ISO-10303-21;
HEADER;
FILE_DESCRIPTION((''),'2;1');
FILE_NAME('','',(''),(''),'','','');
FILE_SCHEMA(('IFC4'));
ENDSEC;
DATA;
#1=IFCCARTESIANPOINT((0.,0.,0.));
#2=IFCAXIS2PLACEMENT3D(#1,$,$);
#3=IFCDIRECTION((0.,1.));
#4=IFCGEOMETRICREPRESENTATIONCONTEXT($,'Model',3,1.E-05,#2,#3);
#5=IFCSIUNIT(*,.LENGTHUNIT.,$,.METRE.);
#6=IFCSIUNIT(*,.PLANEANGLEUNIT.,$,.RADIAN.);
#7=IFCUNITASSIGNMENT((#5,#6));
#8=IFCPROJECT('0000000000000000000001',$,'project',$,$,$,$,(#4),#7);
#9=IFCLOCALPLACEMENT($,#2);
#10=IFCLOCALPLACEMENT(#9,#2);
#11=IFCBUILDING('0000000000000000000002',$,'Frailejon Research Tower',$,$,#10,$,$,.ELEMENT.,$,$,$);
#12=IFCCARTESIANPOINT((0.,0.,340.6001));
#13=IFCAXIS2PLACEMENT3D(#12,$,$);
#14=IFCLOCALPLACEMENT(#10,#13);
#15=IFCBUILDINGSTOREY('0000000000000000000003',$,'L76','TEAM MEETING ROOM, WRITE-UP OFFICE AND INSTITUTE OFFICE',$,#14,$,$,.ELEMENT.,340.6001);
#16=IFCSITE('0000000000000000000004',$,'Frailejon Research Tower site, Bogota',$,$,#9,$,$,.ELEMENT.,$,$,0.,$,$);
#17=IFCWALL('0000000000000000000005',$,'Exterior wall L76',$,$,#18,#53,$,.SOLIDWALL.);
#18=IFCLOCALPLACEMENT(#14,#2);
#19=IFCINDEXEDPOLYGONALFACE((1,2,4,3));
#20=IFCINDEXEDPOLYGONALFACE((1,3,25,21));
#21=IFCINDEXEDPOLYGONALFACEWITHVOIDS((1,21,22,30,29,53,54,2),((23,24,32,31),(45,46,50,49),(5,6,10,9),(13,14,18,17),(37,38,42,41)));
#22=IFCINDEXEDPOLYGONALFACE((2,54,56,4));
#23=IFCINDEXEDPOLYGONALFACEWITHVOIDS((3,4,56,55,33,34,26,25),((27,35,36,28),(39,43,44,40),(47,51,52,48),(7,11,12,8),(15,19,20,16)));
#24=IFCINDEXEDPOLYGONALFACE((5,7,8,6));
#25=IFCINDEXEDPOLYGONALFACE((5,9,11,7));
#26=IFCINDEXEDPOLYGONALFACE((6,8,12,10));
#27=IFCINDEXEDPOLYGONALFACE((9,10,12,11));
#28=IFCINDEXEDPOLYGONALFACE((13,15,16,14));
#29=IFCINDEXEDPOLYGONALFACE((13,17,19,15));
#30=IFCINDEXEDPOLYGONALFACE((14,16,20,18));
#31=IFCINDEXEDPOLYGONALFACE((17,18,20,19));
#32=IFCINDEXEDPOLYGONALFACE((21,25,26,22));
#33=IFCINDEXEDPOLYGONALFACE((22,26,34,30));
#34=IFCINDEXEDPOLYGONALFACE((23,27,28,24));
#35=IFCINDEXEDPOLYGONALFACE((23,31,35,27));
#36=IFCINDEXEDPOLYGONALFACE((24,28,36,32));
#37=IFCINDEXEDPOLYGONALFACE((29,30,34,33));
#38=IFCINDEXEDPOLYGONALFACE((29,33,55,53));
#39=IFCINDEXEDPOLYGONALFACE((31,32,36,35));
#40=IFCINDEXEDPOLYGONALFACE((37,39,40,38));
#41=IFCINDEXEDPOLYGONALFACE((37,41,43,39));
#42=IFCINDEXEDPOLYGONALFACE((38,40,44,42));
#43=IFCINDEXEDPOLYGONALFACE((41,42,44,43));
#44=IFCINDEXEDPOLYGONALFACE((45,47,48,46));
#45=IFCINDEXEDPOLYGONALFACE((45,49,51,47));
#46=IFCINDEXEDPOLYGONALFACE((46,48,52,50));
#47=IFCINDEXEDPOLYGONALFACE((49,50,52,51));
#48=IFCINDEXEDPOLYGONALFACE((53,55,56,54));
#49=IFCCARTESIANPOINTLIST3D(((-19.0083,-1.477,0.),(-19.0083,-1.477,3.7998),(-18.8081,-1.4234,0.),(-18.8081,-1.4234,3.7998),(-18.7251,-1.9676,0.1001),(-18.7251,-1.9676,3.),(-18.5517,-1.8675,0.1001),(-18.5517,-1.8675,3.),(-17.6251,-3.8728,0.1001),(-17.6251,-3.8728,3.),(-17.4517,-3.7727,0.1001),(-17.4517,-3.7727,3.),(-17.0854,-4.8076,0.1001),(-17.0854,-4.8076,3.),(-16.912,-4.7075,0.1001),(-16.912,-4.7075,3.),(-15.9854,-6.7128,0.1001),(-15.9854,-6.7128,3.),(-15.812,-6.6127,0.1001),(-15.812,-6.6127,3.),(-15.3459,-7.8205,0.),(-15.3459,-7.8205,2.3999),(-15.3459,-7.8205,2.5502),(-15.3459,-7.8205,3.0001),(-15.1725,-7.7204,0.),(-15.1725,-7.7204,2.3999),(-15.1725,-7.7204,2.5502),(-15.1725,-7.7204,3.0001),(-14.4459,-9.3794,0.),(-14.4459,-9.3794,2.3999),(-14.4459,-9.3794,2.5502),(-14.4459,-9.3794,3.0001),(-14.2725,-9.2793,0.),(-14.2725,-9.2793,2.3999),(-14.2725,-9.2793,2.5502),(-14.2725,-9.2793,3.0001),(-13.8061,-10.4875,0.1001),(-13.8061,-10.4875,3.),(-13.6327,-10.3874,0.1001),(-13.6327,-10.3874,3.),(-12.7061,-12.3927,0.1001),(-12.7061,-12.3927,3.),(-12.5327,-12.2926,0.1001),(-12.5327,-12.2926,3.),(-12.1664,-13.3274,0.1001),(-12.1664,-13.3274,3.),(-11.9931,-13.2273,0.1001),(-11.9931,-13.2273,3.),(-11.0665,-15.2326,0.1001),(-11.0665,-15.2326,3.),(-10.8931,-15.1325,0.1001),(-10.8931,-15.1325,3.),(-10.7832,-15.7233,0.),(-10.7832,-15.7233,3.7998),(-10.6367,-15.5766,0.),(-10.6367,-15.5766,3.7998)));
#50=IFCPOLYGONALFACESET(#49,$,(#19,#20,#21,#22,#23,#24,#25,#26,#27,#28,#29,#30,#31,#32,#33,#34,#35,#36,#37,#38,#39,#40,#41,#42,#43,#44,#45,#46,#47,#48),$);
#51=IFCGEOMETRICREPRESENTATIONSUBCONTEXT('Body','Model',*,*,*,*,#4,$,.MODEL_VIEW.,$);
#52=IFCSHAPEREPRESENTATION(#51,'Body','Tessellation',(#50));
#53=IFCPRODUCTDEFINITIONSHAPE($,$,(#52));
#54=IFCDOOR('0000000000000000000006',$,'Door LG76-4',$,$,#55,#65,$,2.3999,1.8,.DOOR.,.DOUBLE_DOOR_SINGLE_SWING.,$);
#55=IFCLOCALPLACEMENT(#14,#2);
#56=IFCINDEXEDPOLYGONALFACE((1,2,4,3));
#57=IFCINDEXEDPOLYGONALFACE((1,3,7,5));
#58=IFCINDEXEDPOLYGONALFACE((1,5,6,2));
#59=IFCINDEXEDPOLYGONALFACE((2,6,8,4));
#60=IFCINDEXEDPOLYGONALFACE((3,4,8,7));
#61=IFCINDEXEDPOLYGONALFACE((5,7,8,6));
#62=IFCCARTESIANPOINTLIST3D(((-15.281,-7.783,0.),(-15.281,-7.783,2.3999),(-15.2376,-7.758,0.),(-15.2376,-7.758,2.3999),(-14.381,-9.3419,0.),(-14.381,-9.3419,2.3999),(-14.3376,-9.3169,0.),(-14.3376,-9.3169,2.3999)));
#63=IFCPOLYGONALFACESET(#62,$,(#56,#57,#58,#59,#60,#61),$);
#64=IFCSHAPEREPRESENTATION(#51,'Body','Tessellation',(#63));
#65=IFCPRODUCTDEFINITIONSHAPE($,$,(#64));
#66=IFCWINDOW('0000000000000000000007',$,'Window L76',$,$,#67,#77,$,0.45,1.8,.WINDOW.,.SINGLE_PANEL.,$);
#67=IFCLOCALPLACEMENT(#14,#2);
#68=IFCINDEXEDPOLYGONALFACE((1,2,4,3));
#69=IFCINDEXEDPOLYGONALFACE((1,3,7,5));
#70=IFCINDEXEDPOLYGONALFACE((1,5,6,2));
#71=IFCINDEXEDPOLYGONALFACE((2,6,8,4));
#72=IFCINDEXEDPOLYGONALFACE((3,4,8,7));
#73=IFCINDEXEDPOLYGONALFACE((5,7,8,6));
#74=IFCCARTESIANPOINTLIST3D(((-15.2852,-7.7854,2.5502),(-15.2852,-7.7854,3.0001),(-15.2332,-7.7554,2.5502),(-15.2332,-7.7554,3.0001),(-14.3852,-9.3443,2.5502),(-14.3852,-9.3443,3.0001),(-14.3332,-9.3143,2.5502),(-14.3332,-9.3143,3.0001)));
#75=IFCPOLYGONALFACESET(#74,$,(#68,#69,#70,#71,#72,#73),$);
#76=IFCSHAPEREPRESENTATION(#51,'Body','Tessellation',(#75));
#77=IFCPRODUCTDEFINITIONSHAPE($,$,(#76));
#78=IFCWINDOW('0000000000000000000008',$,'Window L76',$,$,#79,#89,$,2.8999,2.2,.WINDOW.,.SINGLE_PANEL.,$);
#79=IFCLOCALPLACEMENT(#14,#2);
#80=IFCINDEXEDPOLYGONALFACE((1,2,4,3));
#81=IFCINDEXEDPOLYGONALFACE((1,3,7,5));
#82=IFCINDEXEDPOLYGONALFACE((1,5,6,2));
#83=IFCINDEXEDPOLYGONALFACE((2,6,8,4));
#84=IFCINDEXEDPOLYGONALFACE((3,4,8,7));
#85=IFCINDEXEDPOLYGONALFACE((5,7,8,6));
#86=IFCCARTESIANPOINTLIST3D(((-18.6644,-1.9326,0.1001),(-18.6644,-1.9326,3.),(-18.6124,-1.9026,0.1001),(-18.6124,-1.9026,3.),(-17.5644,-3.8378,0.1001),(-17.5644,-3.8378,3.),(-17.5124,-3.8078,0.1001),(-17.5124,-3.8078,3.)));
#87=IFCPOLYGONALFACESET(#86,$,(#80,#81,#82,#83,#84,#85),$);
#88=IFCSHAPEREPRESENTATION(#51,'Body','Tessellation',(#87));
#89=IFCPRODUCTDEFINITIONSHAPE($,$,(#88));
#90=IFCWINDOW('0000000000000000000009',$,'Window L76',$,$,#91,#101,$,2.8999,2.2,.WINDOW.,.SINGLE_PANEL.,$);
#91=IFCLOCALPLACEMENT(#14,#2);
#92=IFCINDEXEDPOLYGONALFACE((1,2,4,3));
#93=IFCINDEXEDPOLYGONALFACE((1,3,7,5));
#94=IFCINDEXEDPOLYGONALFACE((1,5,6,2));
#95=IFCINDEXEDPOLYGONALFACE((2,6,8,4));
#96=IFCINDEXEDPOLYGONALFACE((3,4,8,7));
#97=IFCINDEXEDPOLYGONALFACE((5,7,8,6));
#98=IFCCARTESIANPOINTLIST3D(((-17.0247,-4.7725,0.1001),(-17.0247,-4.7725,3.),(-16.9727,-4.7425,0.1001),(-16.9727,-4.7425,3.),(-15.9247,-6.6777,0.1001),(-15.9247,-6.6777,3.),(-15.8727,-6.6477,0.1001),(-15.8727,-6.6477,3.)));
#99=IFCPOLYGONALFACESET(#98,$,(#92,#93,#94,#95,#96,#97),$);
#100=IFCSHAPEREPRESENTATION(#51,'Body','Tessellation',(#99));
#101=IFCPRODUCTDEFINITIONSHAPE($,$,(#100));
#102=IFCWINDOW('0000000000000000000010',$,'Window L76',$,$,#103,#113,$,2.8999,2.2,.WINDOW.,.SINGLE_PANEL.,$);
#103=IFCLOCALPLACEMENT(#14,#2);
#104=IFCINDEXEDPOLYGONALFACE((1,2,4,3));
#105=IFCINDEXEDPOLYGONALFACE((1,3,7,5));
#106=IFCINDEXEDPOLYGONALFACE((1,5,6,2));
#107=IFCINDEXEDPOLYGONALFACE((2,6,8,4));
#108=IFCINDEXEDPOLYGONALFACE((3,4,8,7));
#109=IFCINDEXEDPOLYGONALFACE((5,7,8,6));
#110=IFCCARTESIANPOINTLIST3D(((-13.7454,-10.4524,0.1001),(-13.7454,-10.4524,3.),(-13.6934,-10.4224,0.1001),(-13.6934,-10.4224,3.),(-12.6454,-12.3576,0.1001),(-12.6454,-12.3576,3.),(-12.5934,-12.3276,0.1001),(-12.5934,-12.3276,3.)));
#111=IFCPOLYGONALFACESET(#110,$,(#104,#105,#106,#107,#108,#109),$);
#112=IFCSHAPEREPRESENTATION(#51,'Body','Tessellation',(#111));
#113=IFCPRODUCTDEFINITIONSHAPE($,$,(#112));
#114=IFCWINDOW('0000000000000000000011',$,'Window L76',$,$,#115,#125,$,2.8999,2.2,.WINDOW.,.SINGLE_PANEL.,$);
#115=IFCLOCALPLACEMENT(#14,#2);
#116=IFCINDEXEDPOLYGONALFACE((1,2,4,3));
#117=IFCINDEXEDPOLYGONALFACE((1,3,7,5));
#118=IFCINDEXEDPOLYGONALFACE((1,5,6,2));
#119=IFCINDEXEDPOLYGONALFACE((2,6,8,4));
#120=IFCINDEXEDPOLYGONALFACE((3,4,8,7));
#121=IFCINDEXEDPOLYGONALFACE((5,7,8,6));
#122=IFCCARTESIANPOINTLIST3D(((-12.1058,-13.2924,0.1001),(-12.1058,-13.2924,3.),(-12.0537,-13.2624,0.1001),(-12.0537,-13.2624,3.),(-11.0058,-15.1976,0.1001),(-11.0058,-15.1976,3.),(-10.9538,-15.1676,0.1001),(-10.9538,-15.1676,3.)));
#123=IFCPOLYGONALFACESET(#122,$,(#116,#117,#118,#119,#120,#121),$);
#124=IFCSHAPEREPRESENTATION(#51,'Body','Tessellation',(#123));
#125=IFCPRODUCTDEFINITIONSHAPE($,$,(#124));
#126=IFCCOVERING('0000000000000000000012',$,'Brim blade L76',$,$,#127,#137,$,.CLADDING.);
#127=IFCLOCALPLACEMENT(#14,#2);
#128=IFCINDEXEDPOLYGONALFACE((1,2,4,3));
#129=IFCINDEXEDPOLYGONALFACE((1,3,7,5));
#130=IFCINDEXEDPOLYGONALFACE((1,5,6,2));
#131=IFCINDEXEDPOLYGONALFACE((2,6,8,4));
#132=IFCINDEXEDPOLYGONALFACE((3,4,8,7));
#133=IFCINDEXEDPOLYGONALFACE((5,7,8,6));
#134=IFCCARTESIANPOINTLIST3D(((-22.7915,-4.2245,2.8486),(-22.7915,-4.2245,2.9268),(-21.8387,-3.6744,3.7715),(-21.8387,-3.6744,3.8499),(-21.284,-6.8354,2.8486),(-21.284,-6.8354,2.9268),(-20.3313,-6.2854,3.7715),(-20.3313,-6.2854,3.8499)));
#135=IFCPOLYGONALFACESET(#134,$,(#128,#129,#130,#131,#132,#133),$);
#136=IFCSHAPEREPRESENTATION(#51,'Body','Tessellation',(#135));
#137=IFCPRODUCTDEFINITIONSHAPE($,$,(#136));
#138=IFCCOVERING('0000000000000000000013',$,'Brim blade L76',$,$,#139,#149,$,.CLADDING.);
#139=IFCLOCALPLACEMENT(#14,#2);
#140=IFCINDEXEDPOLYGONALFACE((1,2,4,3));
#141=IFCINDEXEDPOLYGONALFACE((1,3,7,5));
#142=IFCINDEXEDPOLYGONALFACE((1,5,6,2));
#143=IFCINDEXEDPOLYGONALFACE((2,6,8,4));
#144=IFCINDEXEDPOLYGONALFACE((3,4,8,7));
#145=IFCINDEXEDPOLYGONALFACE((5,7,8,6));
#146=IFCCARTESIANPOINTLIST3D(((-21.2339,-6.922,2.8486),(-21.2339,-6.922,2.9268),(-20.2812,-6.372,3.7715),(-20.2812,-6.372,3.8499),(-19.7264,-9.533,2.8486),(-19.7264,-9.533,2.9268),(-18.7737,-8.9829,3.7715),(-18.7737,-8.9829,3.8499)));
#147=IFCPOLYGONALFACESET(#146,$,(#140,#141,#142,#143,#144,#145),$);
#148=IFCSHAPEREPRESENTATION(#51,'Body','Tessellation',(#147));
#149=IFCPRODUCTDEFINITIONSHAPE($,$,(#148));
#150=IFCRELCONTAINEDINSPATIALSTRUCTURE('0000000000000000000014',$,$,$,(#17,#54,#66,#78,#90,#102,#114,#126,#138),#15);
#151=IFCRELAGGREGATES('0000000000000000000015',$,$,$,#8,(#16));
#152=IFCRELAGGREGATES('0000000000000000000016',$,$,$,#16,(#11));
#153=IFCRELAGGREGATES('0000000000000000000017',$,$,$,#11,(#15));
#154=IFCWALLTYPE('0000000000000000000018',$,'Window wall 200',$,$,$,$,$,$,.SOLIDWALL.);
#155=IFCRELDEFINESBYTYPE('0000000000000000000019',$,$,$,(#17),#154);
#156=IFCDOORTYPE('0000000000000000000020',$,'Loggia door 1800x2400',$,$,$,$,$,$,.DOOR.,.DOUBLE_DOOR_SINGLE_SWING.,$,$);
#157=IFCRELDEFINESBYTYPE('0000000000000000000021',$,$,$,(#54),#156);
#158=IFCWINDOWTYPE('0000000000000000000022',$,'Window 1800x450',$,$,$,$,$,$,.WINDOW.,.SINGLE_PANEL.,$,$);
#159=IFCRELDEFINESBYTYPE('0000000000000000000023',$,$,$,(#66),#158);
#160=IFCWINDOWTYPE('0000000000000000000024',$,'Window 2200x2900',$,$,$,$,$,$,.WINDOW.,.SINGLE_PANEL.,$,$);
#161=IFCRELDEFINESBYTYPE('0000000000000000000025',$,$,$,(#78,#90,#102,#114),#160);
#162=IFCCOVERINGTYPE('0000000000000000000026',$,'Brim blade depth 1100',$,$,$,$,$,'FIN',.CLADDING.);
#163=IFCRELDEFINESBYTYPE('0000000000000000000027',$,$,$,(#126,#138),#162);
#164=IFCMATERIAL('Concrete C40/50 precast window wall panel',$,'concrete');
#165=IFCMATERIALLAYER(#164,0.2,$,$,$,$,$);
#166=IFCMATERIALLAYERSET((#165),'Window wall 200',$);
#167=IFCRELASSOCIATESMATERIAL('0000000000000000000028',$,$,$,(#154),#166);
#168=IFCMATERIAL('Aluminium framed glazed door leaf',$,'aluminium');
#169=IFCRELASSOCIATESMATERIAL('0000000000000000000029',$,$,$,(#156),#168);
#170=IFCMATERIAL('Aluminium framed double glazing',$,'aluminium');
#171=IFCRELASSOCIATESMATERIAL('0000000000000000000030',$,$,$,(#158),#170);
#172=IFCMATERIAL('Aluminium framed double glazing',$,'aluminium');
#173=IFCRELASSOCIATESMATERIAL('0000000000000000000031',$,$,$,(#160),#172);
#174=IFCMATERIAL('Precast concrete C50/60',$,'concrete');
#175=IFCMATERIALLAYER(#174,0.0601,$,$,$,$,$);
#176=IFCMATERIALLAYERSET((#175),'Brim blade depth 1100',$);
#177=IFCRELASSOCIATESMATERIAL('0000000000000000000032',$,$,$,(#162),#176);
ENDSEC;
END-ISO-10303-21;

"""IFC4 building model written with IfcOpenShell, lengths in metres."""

from ifc_helpers import new_model, si_unit, direction, frame, frame_2d, origin, place, context, subcontext, project, spatial, polyline, rectangle, outline, extrude, material, layer, layer_set, type_object, element, fill, save


model = new_model("IFC4")

# Units and contexts
model_context = context("Model", 3, precision=1e-05, world=origin(), true_north=direction((0.0, 1.0)))
body_context = subcontext(model_context, "Body", "Model", "MODEL_VIEW")
ifc_project = project(units=[si_unit("LENGTHUNIT", "METRE"), si_unit("PLANEANGLEUNIT", "RADIAN")], contexts=[model_context])

# Site, building, storey
site_placement = place(None, origin())
site = spatial("IfcSite", under=ifc_project, at=site_placement, Name="Frailejon Research Tower site, Bogota", CompositionType="ELEMENT", RefElevation=0.0)
building_placement = place(site_placement, origin())
building = spatial("IfcBuilding", under=site, at=building_placement, Name="Frailejon Research Tower", CompositionType="ELEMENT")
storey_placement = place(building_placement, frame((0.0, 0.0, 340.6001)))
storey = spatial("IfcBuildingStorey", under=building, at=storey_placement, Name="L76", Description="TEAM MEETING ROOM, WRITE-UP OFFICE AND INSTITUTE OFFICE", CompositionType="ELEMENT", Elevation=340.6001)

# Wall, openings, door, windows
ifc_material_1 = material(Name="Concrete C40/50 precast window wall panel", Category="concrete")
ifc_layer_1 = layer(ifc_material_1, 0.2)
ifc_layer_set_1 = layer_set([ifc_layer_1], Name="Window wall 200")
wall_type_1 = type_object("IfcWallType", Name="Window wall 200", PredefinedType="SOLIDWALL", material=ifc_layer_set_1)
wall_1_placement = place(storey_placement, frame((-18.9082, -1.4502, 0.0), z_axis=(0.0, 0.0, 1.0), x_axis=(0.500002, -0.866024, 0.0)))
wall_1 = element("IfcWall", 1, at=wall_1_placement, inside=storey, type_object=wall_type_1, Name="Exterior wall L76", PredefinedType="SOLIDWALL", context=body_context, shape_type="SweptSolid", body=[
    extrude(outline(polyline([(-0.0269, -0.1001), (1.0012, -0.1001), (2.0293, -0.1001), (3.0576, -0.1001), (4.0857, -0.1001), (5.1138, -0.1001), (6.1421, -0.1001), (7.1702, -0.1001), (8.1982, -0.1001), (9.2263, -0.1001), (10.2544, -0.1001), (11.2827, -0.1001), (12.3108, -0.1001), (13.3389, -0.1001), (14.3672, -0.1001), (15.3953, -0.1001), (16.4233, -0.1001), (16.3696, 0.1001), (15.3481, 0.1001), (14.3267, 0.1001), (13.3054, 0.1001), (12.2839, 0.1001), (11.2625, 0.1001), (10.2412, 0.1001), (9.2197, 0.1001), (8.1982, 0.1001), (7.1768, 0.1001), (6.1553, 0.1001), (5.134, 0.1001), (4.1125, 0.1001), (3.0911, 0.1001), (2.0698, 0.1001), (1.0483, 0.1001), (0.0269, 0.1001), (-0.0269, -0.1001)])), origin(), (0.0, 0.0, 1.0), 3.7998),
])
opening_1_placement = place(wall_1_placement, frame((0.5396, 0.0, 0.1001)))
opening_1 = element("IfcOpeningElement", 2, at=opening_1_placement, cuts=wall_1, PredefinedType="OPENING", context=body_context, shape_type="SweptSolid", body=[
    extrude(rectangle(XDim=2.2, YDim=2.8999, at=frame_2d((1.1001, 1.45))), frame((0.0, 0.1099, 0.0), z_axis=(0.0, -1.0, 0.0), x_axis=(1.0, 0.0, 0.0)), (0.0, 0.0, 1.0), 0.22),
])
opening_2_placement = place(wall_1_placement, frame((3.8188, 0.0, 0.1001)))
opening_2 = element("IfcOpeningElement", 3, at=opening_2_placement, cuts=wall_1, PredefinedType="OPENING", context=body_context, shape_type="SweptSolid", body=[
    extrude(rectangle(XDim=2.2, YDim=2.8999, at=frame_2d((1.1001, 1.45))), frame((0.0, 0.1099, 0.0), z_axis=(0.0, -1.0, 0.0), x_axis=(1.0, 0.0, 0.0)), (0.0, 0.0, 1.0), 0.22),
])
opening_3_placement = place(wall_1_placement, frame((7.2981, 0.0, 0.0)))
opening_3 = element("IfcOpeningElement", 4, at=opening_3_placement, cuts=wall_1, PredefinedType="OPENING", context=body_context, shape_type="SweptSolid", body=[
    extrude(rectangle(XDim=1.8, YDim=2.3999, at=frame_2d((0.8999, 1.2))), frame((0.0, 0.1099, 0.0), z_axis=(0.0, -1.0, 0.0), x_axis=(1.0, 0.0, 0.0)), (0.0, 0.0, 1.0), 0.22),
])
opening_4_placement = place(wall_1_placement, frame((7.2981, 0.0, 2.55)))
opening_4 = element("IfcOpeningElement", 5, at=opening_4_placement, cuts=wall_1, PredefinedType="OPENING", context=body_context, shape_type="SweptSolid", body=[
    extrude(rectangle(XDim=1.8, YDim=0.45, at=frame_2d((0.8999, 0.2251))), frame((0.0, 0.1099, 0.0), z_axis=(0.0, -1.0, 0.0), x_axis=(1.0, 0.0, 0.0)), (0.0, 0.0, 1.0), 0.22),
])
opening_5_placement = place(wall_1_placement, frame((10.3774, 0.0, 0.1001)))
opening_5 = element("IfcOpeningElement", 6, at=opening_5_placement, cuts=wall_1, PredefinedType="OPENING", context=body_context, shape_type="SweptSolid", body=[
    extrude(rectangle(XDim=2.2, YDim=2.8999, at=frame_2d((1.1001, 1.45))), frame((0.0, 0.1099, 0.0), z_axis=(0.0, -1.0, 0.0), x_axis=(1.0, 0.0, 0.0)), (0.0, 0.0, 1.0), 0.22),
])
opening_6_placement = place(wall_1_placement, frame((13.6567, 0.0, 0.1001)))
opening_6 = element("IfcOpeningElement", 7, at=opening_6_placement, cuts=wall_1, PredefinedType="OPENING", context=body_context, shape_type="SweptSolid", body=[
    extrude(rectangle(XDim=2.2, YDim=2.8999, at=frame_2d((1.1001, 1.45))), frame((0.0, 0.1099, 0.0), z_axis=(0.0, -1.0, 0.0), x_axis=(1.0, 0.0, 0.0)), (0.0, 0.0, 1.0), 0.22),
])
ifc_material_2 = material(Name="Aluminium framed glazed door leaf", Category="aluminium")
door_type_1 = type_object("IfcDoorType", Name="Loggia door 1800x2400", OperationType="DOUBLE_DOOR_SINGLE_SWING", PredefinedType="DOOR", material=ifc_material_2)
door_1_placement = place(opening_3_placement, origin())
door_1 = element("IfcDoor", 8, at=door_1_placement, inside=storey, type_object=door_type_1, Name="Door LG76-4", OperationType="DOUBLE_DOOR_SINGLE_SWING", OverallHeight=2.3999, OverallWidth=1.8, PredefinedType="DOOR", context=body_context, shape_type="SweptSolid", body=[
    extrude(rectangle(XDim=1.8, YDim=2.3999, at=frame_2d((0.8999, 1.2))), frame((0.0, 0.0249, 0.0), z_axis=(0.0, -1.0, 0.0), x_axis=(1.0, 0.0, 0.0)), (0.0, 0.0, 1.0), 0.05),
])
fill(opening_3, door_1)
ifc_material_3 = material(Name="Aluminium framed double glazing", Category="aluminium")
window_type_1 = type_object("IfcWindowType", Name="Window 1800x450", PartitioningType="SINGLE_PANEL", PredefinedType="WINDOW", material=ifc_material_3)
window_1_placement = place(opening_4_placement, origin())
window_1 = element("IfcWindow", 9, at=window_1_placement, inside=storey, type_object=window_type_1, Name="Window L76", OverallHeight=0.45, OverallWidth=1.8, PartitioningType="SINGLE_PANEL", PredefinedType="WINDOW", context=body_context, shape_type="SweptSolid", body=[
    extrude(rectangle(XDim=1.8, YDim=0.45, at=frame_2d((0.8999, 0.2251))), frame((0.0, 0.03, 0.0), z_axis=(0.0, -1.0, 0.0), x_axis=(1.0, 0.0, 0.0)), (0.0, 0.0, 1.0), 0.0601),
])
fill(opening_4, window_1)
ifc_material_4 = material(Name="Aluminium framed double glazing", Category="aluminium")
window_type_2 = type_object("IfcWindowType", Name="Window 2200x2900", PartitioningType="SINGLE_PANEL", PredefinedType="WINDOW", material=ifc_material_4)
window_2_placement = place(opening_1_placement, origin())
window_2 = element("IfcWindow", 10, at=window_2_placement, inside=storey, type_object=window_type_2, Name="Window L76", OverallHeight=2.8999, OverallWidth=2.2, PartitioningType="SINGLE_PANEL", PredefinedType="WINDOW", context=body_context, shape_type="SweptSolid", body=[
    extrude(rectangle(XDim=2.2, YDim=2.8999, at=frame_2d((1.1001, 1.45))), frame((0.0, 0.03, 0.0), z_axis=(0.0, -1.0, 0.0), x_axis=(1.0, 0.0, 0.0)), (0.0, 0.0, 1.0), 0.0601),
])
fill(opening_1, window_2)
window_3_placement = place(opening_2_placement, origin())
window_3 = element("IfcWindow", 11, at=window_3_placement, inside=storey, type_object=window_type_2, Name="Window L76", OverallHeight=2.8999, OverallWidth=2.2, PartitioningType="SINGLE_PANEL", PredefinedType="WINDOW", context=body_context, shape_type="SweptSolid", body=[
    extrude(rectangle(XDim=2.2, YDim=2.8999, at=frame_2d((1.1001, 1.45))), frame((0.0, 0.03, 0.0), z_axis=(0.0, -1.0, 0.0), x_axis=(1.0, 0.0, 0.0)), (0.0, 0.0, 1.0), 0.0601),
])
fill(opening_2, window_3)
window_4_placement = place(opening_5_placement, origin())
window_4 = element("IfcWindow", 12, at=window_4_placement, inside=storey, type_object=window_type_2, Name="Window L76", OverallHeight=2.8999, OverallWidth=2.2, PartitioningType="SINGLE_PANEL", PredefinedType="WINDOW", context=body_context, shape_type="SweptSolid", body=[
    extrude(rectangle(XDim=2.2, YDim=2.8999, at=frame_2d((1.1001, 1.45))), frame((0.0, 0.03, 0.0), z_axis=(0.0, -1.0, 0.0), x_axis=(1.0, 0.0, 0.0)), (0.0, 0.0, 1.0), 0.0601),
])
fill(opening_5, window_4)
window_5_placement = place(opening_6_placement, origin())
window_5 = element("IfcWindow", 13, at=window_5_placement, inside=storey, type_object=window_type_2, Name="Window L76", OverallHeight=2.8999, OverallWidth=2.2, PartitioningType="SINGLE_PANEL", PredefinedType="WINDOW", context=body_context, shape_type="SweptSolid", body=[
    extrude(rectangle(XDim=2.2, YDim=2.8999, at=frame_2d((1.1001, 1.45))), frame((0.0, 0.03, 0.0), z_axis=(0.0, -1.0, 0.0), x_axis=(1.0, 0.0, 0.0)), (0.0, 0.0, 1.0), 0.0601),
])
fill(opening_6, window_5)

# Coverings
ifc_material_5 = material(Name="Precast concrete C50/60", Category="concrete")
ifc_layer_2 = layer(ifc_material_5, 0.0601)
ifc_layer_set_2 = layer_set([ifc_layer_2], Name="Brim blade depth 1100")
covering_type_1 = type_object("IfcCoveringType", Name="Brim blade depth 1100", ElementType="FIN", PredefinedType="CLADDING", material=ifc_layer_set_2)
for number, where, z_axis, x_axis, name in (
    (14, (-20.3313, -6.2854, 3.8499), (-0.499999, 0.866026, 0.0), (-0.866026, -0.499999, 0.0), "Brim blade L76"),
    (15, (-18.7737, -8.9829, 3.8499), (-0.50001, 0.86602, 0.0), (-0.86602, -0.50001, 0.0), "Brim blade L76"),
):
    element("IfcCovering", number, at=place(storey_placement, frame(where, z_axis=z_axis, x_axis=x_axis)), inside=storey, type_object=covering_type_1, Name=name, PredefinedType="CLADDING", context=body_context, shape_type="SweptSolid", body=[
        extrude(outline(polyline([(0.0, -0.0784), (1.1001, -1.0012), (1.1001, -0.9231), (0.0, 0.0), (0.0, -0.0784)])), origin(), (0.0, 0.0, 1.0), 3.0149),
    ])

save(model, "model.ifc")
